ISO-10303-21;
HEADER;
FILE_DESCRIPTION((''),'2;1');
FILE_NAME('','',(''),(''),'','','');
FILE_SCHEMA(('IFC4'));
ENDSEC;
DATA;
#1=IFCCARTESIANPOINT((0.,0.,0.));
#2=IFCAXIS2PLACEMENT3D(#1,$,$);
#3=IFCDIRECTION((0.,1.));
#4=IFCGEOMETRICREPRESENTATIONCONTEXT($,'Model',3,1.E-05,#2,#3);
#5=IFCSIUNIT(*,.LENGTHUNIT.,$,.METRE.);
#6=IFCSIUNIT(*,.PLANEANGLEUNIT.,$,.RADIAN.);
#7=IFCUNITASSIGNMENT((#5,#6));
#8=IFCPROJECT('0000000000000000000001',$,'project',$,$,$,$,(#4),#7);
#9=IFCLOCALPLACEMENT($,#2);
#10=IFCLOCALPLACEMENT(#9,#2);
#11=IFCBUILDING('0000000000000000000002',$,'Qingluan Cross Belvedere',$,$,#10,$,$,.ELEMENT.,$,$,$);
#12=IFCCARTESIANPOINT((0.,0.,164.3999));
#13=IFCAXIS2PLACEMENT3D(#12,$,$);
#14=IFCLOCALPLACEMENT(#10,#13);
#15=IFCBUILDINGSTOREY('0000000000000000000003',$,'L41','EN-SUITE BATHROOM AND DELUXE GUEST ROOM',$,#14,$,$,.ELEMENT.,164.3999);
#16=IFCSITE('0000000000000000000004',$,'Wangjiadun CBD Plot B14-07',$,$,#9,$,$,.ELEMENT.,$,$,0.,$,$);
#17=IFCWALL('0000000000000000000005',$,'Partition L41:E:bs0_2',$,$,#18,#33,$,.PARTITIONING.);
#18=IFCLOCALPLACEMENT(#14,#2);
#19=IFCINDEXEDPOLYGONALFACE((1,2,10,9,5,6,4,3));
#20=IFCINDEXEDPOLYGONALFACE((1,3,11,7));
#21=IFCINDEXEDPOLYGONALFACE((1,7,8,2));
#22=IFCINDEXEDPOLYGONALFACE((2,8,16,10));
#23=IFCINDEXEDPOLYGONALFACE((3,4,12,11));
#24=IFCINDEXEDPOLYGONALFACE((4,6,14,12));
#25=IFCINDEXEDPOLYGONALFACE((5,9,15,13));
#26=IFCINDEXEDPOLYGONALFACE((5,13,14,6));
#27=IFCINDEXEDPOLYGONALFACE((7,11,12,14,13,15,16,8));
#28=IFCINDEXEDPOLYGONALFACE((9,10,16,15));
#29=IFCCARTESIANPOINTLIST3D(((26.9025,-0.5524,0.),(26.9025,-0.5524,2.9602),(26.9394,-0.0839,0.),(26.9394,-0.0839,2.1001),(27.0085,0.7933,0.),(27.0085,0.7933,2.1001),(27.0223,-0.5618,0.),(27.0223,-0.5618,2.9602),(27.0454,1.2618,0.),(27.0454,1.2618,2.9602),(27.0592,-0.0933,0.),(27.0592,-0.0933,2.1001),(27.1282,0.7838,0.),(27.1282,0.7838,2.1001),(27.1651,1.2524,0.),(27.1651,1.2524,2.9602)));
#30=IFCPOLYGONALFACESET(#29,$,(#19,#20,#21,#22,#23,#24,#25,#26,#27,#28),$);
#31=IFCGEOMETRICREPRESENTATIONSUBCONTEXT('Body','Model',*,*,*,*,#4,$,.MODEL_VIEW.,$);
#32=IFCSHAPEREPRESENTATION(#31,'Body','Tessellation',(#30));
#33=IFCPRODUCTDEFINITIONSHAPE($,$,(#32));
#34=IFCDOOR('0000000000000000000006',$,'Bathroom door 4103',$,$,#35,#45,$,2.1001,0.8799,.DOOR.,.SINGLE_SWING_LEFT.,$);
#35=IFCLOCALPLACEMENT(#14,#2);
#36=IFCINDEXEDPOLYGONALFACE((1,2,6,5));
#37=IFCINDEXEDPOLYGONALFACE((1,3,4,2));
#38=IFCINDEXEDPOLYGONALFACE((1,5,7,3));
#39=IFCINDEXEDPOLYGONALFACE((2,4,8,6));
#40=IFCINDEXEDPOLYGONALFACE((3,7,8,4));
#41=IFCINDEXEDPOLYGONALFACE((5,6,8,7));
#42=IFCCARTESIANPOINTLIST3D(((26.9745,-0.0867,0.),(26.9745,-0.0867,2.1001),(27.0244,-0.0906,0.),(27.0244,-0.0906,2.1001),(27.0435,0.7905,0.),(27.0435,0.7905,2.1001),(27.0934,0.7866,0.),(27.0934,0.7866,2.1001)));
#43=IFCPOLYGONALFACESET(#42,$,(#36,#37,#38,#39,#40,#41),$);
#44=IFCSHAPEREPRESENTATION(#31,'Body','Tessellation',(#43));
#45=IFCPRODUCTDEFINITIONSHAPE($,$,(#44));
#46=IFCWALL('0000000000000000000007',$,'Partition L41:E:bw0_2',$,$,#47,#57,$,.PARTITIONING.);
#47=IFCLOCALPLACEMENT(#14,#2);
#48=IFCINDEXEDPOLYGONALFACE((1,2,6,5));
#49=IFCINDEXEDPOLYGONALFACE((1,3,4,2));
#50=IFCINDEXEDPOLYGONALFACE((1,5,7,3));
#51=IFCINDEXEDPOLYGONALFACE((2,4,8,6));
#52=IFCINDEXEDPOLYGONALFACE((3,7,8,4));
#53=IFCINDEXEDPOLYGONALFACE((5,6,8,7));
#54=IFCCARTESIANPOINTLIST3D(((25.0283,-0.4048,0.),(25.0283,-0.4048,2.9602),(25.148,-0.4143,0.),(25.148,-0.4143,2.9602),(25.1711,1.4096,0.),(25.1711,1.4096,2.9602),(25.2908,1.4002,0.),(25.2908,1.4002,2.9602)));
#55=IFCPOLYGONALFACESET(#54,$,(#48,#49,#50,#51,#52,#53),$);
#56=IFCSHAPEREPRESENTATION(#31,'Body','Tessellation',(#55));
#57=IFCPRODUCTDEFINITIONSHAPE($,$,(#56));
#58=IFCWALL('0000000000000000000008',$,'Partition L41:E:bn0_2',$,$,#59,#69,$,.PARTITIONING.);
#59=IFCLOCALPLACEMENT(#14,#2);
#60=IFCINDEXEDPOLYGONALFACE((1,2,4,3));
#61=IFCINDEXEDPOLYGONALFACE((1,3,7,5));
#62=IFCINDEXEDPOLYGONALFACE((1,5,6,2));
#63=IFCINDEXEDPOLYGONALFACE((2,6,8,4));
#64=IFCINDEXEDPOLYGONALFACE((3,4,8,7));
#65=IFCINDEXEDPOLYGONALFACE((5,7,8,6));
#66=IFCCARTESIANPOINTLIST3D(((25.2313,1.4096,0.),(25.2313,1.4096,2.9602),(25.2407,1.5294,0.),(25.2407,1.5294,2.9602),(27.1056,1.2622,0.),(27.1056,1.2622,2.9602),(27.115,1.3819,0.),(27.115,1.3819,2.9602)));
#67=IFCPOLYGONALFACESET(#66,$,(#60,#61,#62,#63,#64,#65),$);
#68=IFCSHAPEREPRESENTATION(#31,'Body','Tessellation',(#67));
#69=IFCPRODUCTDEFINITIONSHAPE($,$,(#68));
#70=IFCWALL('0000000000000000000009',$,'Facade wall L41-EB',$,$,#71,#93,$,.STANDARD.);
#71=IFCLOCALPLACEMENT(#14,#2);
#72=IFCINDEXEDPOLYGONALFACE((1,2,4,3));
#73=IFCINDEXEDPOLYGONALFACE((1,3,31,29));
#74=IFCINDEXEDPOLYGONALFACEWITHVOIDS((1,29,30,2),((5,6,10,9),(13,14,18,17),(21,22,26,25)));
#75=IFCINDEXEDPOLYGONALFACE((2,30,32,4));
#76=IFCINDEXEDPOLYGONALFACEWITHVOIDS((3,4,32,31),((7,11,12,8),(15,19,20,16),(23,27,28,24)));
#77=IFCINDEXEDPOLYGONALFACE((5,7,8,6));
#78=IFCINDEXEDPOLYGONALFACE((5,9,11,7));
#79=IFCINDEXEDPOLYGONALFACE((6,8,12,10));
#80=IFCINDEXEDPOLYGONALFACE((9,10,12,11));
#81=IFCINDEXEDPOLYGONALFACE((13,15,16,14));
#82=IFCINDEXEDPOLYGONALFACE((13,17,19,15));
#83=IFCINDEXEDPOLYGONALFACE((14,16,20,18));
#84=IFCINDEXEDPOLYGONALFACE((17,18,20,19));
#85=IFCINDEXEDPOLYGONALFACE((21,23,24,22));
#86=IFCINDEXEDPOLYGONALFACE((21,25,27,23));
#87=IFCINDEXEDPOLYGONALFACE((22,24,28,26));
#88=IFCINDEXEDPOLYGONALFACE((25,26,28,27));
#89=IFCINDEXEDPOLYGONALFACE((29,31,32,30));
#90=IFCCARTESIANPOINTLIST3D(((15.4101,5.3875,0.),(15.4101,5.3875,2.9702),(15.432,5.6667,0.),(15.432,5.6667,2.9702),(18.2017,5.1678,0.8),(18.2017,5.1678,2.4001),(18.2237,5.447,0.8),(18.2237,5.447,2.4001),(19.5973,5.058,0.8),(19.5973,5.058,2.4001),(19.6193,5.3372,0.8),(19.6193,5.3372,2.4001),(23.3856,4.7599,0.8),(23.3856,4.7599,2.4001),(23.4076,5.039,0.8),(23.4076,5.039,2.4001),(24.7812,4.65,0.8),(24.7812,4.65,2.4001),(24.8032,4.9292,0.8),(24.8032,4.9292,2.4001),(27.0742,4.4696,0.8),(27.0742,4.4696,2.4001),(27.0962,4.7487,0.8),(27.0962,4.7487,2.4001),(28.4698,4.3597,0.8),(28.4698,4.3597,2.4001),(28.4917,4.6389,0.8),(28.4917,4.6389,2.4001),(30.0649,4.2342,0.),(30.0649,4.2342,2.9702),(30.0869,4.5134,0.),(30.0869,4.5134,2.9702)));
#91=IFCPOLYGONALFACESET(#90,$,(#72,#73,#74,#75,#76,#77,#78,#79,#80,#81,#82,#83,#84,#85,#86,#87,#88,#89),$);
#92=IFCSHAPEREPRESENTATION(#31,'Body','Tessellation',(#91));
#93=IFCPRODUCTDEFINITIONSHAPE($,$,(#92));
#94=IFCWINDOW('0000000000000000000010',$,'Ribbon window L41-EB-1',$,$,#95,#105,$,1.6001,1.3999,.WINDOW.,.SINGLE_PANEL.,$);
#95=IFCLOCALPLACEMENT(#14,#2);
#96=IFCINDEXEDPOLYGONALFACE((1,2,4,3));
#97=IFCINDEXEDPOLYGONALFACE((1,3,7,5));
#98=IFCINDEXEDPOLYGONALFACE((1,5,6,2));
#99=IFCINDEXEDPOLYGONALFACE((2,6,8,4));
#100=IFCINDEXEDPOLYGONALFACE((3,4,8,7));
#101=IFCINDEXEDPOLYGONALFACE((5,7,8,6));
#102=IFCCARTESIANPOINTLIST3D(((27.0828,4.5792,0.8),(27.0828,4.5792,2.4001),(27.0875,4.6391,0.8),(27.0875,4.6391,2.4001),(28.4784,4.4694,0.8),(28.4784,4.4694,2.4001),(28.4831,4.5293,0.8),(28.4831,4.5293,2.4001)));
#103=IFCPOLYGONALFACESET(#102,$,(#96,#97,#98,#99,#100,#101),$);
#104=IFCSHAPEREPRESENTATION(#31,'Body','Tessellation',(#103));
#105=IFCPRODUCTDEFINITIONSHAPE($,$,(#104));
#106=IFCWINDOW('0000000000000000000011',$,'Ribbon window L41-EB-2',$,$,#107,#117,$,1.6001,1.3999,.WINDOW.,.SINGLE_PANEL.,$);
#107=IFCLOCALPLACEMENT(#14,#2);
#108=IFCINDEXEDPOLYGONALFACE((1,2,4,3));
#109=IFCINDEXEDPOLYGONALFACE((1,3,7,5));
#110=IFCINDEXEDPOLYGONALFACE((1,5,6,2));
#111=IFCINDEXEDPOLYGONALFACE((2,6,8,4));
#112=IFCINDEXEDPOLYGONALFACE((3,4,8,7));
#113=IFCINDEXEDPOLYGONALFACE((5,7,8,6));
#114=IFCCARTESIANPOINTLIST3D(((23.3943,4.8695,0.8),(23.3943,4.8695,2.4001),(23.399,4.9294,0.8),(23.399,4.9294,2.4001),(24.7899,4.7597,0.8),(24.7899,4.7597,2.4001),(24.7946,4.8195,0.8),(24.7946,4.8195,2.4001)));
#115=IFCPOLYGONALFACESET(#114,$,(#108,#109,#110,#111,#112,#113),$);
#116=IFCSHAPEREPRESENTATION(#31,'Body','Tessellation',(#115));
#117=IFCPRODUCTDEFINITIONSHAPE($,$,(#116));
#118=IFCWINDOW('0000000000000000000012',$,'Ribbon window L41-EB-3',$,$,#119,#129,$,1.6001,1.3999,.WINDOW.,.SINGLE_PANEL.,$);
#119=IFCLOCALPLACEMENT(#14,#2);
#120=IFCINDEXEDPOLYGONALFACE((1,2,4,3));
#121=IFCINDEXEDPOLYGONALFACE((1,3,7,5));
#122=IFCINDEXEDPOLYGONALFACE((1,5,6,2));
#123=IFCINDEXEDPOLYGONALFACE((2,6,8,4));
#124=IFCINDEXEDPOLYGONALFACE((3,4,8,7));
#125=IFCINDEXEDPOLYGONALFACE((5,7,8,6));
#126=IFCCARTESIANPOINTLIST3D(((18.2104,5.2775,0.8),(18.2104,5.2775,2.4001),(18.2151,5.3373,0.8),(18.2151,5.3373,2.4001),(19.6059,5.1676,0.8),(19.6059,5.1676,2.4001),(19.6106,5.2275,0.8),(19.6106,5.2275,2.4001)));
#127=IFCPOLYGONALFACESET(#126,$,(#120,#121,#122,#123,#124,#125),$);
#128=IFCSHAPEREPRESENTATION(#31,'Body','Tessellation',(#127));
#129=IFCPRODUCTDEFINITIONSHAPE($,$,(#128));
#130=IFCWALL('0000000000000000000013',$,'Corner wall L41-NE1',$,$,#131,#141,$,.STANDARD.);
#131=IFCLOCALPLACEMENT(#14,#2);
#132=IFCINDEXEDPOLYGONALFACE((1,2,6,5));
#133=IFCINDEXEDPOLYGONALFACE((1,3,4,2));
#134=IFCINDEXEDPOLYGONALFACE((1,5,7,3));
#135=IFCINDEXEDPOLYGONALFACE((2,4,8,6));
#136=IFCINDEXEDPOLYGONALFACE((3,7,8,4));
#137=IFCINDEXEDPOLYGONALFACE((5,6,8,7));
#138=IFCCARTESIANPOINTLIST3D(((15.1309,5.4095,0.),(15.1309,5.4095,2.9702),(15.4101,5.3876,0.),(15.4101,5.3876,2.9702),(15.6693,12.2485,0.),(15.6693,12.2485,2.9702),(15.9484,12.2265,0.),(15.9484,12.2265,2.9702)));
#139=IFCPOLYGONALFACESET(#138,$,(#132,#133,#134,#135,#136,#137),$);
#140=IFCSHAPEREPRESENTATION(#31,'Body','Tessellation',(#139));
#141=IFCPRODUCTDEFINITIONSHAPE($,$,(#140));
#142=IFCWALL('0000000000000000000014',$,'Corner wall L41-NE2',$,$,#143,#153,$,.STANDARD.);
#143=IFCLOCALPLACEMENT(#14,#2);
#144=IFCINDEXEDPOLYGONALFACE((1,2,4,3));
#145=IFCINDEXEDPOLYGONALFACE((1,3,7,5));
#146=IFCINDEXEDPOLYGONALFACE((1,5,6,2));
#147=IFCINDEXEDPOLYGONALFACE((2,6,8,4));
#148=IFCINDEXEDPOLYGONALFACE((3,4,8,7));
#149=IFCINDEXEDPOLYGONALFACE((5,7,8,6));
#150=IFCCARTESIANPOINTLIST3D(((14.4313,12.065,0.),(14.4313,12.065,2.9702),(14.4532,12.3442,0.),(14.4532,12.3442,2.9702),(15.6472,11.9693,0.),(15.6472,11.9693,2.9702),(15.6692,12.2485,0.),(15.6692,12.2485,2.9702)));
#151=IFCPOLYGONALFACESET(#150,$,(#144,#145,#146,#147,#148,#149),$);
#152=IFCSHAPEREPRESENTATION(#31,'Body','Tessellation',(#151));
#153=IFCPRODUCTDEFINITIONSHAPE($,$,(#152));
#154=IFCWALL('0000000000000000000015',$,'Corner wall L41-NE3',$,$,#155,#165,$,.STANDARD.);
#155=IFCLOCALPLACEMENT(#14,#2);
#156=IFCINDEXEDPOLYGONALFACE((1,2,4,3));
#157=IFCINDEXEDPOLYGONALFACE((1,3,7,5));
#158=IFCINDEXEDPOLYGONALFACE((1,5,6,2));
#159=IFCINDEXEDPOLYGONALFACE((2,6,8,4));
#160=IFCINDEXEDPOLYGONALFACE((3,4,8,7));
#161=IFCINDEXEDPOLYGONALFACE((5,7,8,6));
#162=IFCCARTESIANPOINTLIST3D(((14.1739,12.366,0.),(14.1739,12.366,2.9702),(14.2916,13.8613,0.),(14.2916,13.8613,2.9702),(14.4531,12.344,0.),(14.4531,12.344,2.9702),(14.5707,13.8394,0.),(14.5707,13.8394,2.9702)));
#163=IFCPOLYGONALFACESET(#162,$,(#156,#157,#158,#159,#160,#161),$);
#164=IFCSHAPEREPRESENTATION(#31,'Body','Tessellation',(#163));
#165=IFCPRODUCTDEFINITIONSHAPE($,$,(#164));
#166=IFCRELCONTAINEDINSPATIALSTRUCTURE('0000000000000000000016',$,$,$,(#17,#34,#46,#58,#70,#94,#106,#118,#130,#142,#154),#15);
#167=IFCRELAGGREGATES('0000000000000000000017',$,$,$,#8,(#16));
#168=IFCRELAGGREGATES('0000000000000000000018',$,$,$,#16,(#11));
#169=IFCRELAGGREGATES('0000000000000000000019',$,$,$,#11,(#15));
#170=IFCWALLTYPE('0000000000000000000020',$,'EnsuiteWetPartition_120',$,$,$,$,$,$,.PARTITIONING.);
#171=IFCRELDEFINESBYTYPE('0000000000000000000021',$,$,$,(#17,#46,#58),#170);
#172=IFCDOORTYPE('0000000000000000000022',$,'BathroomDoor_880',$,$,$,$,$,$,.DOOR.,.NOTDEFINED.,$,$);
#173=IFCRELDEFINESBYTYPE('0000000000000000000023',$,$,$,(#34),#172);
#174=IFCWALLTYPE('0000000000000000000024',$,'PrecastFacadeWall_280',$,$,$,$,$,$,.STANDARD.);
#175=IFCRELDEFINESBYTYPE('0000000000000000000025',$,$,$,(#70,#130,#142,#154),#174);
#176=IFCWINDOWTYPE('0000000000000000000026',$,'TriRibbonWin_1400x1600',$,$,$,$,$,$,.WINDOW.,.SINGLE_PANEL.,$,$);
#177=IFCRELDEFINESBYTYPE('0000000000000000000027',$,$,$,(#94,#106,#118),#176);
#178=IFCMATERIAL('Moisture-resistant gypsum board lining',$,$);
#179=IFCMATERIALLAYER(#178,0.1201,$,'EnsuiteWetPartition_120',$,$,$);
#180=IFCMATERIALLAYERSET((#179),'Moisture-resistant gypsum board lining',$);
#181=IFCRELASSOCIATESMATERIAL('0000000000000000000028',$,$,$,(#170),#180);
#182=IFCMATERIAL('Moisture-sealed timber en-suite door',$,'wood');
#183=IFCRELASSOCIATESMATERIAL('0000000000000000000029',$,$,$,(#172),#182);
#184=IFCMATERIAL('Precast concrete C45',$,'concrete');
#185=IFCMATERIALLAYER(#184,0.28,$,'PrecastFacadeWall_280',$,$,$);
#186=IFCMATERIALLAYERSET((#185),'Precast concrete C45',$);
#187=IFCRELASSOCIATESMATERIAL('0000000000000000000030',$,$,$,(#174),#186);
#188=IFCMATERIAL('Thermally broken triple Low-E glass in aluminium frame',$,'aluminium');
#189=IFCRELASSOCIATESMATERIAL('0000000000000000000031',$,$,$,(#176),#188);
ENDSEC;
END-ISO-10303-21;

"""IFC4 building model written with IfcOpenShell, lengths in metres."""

from ifc_helpers import new_model, si_unit, direction, frame, frame_2d, origin, place, context, subcontext, project, spatial, rectangle, extrude, material, layer, layer_set, type_object, element, fill, save


model = new_model("IFC4")

# Units and contexts
model_context = context("Model", 3, precision=1e-05, world=origin(), true_north=direction((0.0, 1.0)))
body_context = subcontext(model_context, "Body", "Model", "MODEL_VIEW")
ifc_project = project(units=[si_unit("LENGTHUNIT", "METRE"), si_unit("PLANEANGLEUNIT", "RADIAN")], contexts=[model_context])

# Site, building, storey
site_placement = place(None, origin())
site = spatial("IfcSite", under=ifc_project, at=site_placement, Name="Wangjiadun CBD Plot B14-07", CompositionType="ELEMENT", RefElevation=0.0)
building_placement = place(site_placement, origin())
building = spatial("IfcBuilding", under=site, at=building_placement, Name="Qingluan Cross Belvedere", CompositionType="ELEMENT")
storey_placement = place(building_placement, frame((0.0, 0.0, 164.3999)))
storey = spatial("IfcBuildingStorey", under=building, at=storey_placement, Name="L41", Description="EN-SUITE BATHROOM AND DELUXE GUEST ROOM", CompositionType="ELEMENT", Elevation=164.3999)

# Shared definitions
ifc_material_1 = material(Name="Moisture-resistant gypsum board lining")
ifc_layer_1 = layer(ifc_material_1, 0.1201, Name="EnsuiteWetPartition_120")
ifc_layer_set_1 = layer_set([ifc_layer_1], Name="Moisture-resistant gypsum board lining")
wall_type_1 = type_object("IfcWallType", Name="EnsuiteWetPartition_120", PredefinedType="PARTITIONING", material=ifc_layer_set_1)
ifc_material_2 = material(Name="Moisture-sealed timber en-suite door", Category="wood")
door_type_1 = type_object("IfcDoorType", Name="BathroomDoor_880", OperationType="NOTDEFINED", PredefinedType="DOOR", material=ifc_material_2)

# Wall, opening, door
wall_1_placement = place(storey_placement, frame((26.9624, -0.5571, 0.0), z_axis=(0.0, 0.0, 1.0), x_axis=(0.078481, 0.996916, 0.0)))
wall_1 = element("IfcWall", 1, at=wall_1_placement, inside=storey, type_object=wall_type_1, Name="Partition L41:E:bs0_2", PredefinedType="PARTITIONING", context=body_context, shape_type="SweptSolid", body=[
    extrude(rectangle(XDim=1.8198, YDim=0.1201, at=frame_2d((0.9099, 0.0))), origin(), (0.0, 0.0, 1.0), 2.9602),
])
opening_1_placement = place(wall_1_placement, frame((0.47, 0.0, 0.0)))
opening_1 = element("IfcOpeningElement", 2, at=opening_1_placement, cuts=wall_1, PredefinedType="OPENING", context=body_context, shape_type="SweptSolid", body=[
    extrude(rectangle(XDim=0.8799, YDim=2.1001, at=frame_2d((0.4399, 1.05))), frame((0.0, 0.0701, 0.0), z_axis=(0.0, -1.0, 0.0), x_axis=(1.0, 0.0, 0.0)), (0.0, 0.0, 1.0), 0.1401),
])
door_1_placement = place(opening_1_placement, origin())
door_1 = element("IfcDoor", 3, at=door_1_placement, inside=storey, type_object=door_type_1, Name="Bathroom door 4103", OperationType="SINGLE_SWING_LEFT", OverallHeight=2.1001, OverallWidth=0.8799, PredefinedType="DOOR", context=body_context, shape_type="SweptSolid", body=[
    extrude(rectangle(XDim=0.8799, YDim=2.1001, at=frame_2d((0.4399, 1.05))), frame((0.0, 0.0249, 0.0), z_axis=(0.0, -1.0, 0.0), x_axis=(1.0, 0.0, 0.0)), (0.0, 0.0, 1.0), 0.05),
])
fill(opening_1, door_1)

# Walls
wall_2_placement = place(storey_placement, frame((25.0881, -0.4097, 0.0), z_axis=(0.0, 0.0, 1.0), x_axis=(0.078471, 0.996916, 0.0)))
element("IfcWall", 4, at=wall_2_placement, inside=storey, type_object=wall_type_1, Name="Partition L41:E:bw0_2", PredefinedType="PARTITIONING", context=body_context, shape_type="SweptSolid", body=[
    extrude(rectangle(XDim=1.8201, YDim=0.1201, at=frame_2d((0.9102, 0.0))), origin(), (0.0, 0.0, 1.0), 2.9602),
])
wall_3_placement = place(storey_placement, frame((25.2361, 1.4695, 0.0), z_axis=(0.0, 0.0, 1.0), x_axis=(0.996919, -0.078434, 0.0)))
element("IfcWall", 5, at=wall_3_placement, inside=storey, type_object=wall_type_1, Name="Partition L41:E:bn0_2", PredefinedType="PARTITIONING", context=body_context, shape_type="SweptSolid", body=[
    extrude(rectangle(XDim=1.8801, YDim=0.1201, at=frame_2d((0.9399, 0.0))), origin(), (0.0, 0.0, 1.0), 2.9602),
])

# Wall, openings, windows
ifc_material_3 = material(Name="Precast concrete C45", Category="concrete")
ifc_layer_2 = layer(ifc_material_3, 0.28, Name="PrecastFacadeWall_280")
ifc_layer_set_2 = layer_set([ifc_layer_2], Name="Precast concrete C45")
wall_type_2 = type_object("IfcWallType", Name="PrecastFacadeWall_280", PredefinedType="STANDARD", material=ifc_layer_set_2)
wall_4_placement = place(storey_placement, frame((30.0759, 4.3738, 0.0), z_axis=(0.0, 0.0, 1.0), x_axis=(-0.996918, 0.078457, 0.0)))
wall_4 = element("IfcWall", 6, at=wall_4_placement, inside=storey, type_object=wall_type_2, Name="Facade wall L41-EB", PredefinedType="STANDARD", context=body_context, shape_type="SweptSolid", body=[
    extrude(rectangle(XDim=14.7002, YDim=0.28, at=frame_2d((7.3501, 0.0))), origin(), (0.0, 0.0, 1.0), 2.9702),
])
opening_2_placement = place(wall_4_placement, frame((1.6001, 0.0, 0.8)))
opening_2 = element("IfcOpeningElement", 7, at=opening_2_placement, cuts=wall_4, PredefinedType="OPENING", context=body_context, shape_type="SweptSolid", body=[
    extrude(rectangle(XDim=1.3999, YDim=1.6001, at=frame_2d((0.7, 0.8))), frame((0.0, 0.1499, 0.0), z_axis=(0.0, -1.0, 0.0), x_axis=(1.0, 0.0, 0.0)), (0.0, 0.0, 1.0), 0.3),
])
opening_3_placement = place(wall_4_placement, frame((5.3, 0.0, 0.8)))
opening_3 = element("IfcOpeningElement", 8, at=opening_3_placement, cuts=wall_4, PredefinedType="OPENING", context=body_context, shape_type="SweptSolid", body=[
    extrude(rectangle(XDim=1.3999, YDim=1.6001, at=frame_2d((0.7, 0.8))), frame((0.0, 0.1499, 0.0), z_axis=(0.0, -1.0, 0.0), x_axis=(1.0, 0.0, 0.0)), (0.0, 0.0, 1.0), 0.3),
])
opening_4_placement = place(wall_4_placement, frame((10.5, 0.0, 0.8)))
opening_4 = element("IfcOpeningElement", 9, at=opening_4_placement, cuts=wall_4, PredefinedType="OPENING", context=body_context, shape_type="SweptSolid", body=[
    extrude(rectangle(XDim=1.3999, YDim=1.6001, at=frame_2d((0.7, 0.8))), frame((0.0, 0.1499, 0.0), z_axis=(0.0, -1.0, 0.0), x_axis=(1.0, 0.0, 0.0)), (0.0, 0.0, 1.0), 0.3),
])
ifc_material_4 = material(Name="Thermally broken triple Low-E glass in aluminium frame", Category="aluminium")
window_type = type_object("IfcWindowType", Name="TriRibbonWin_1400x1600", PartitioningType="SINGLE_PANEL", PredefinedType="WINDOW", material=ifc_material_4)
window_1_placement = place(opening_2_placement, origin())
window_1 = element("IfcWindow", 10, at=window_1_placement, inside=storey, type_object=window_type, Name="Ribbon window L41-EB-1", OverallHeight=1.6001, OverallWidth=1.3999, PartitioningType="SINGLE_PANEL", PredefinedType="WINDOW", context=body_context, shape_type="SweptSolid", body=[
    extrude(rectangle(XDim=1.3999, YDim=1.6001, at=frame_2d((0.7, 0.8))), frame((0.0, 0.03, 0.0), z_axis=(0.0, -1.0, 0.0), x_axis=(1.0, 0.0, 0.0)), (0.0, 0.0, 1.0), 0.0601),
])
fill(opening_2, window_1)
window_2_placement = place(opening_3_placement, origin())
window_2 = element("IfcWindow", 11, at=window_2_placement, inside=storey, type_object=window_type, Name="Ribbon window L41-EB-2", OverallHeight=1.6001, OverallWidth=1.3999, PartitioningType="SINGLE_PANEL", PredefinedType="WINDOW", context=body_context, shape_type="SweptSolid", body=[
    extrude(rectangle(XDim=1.3999, YDim=1.6001, at=frame_2d((0.7, 0.8))), frame((0.0, 0.03, 0.0), z_axis=(0.0, -1.0, 0.0), x_axis=(1.0, 0.0, 0.0)), (0.0, 0.0, 1.0), 0.0601),
])
fill(opening_3, window_2)
window_3_placement = place(opening_4_placement, origin())
window_3 = element("IfcWindow", 12, at=window_3_placement, inside=storey, type_object=window_type, Name="Ribbon window L41-EB-3", OverallHeight=1.6001, OverallWidth=1.3999, PartitioningType="SINGLE_PANEL", PredefinedType="WINDOW", context=body_context, shape_type="SweptSolid", body=[
    extrude(rectangle(XDim=1.3999, YDim=1.6001, at=frame_2d((0.7, 0.8))), frame((0.0, 0.03, 0.0), z_axis=(0.0, -1.0, 0.0), x_axis=(1.0, 0.0, 0.0)), (0.0, 0.0, 1.0), 0.0601),
])
fill(opening_4, window_3)

# Walls
wall_5_placement = place(storey_placement, frame((15.2705, 5.3984, 0.0), z_axis=(0.0, 0.0, 1.0), x_axis=(0.078474, 0.996916, 0.0)))
element("IfcWall", 13, at=wall_5_placement, inside=storey, type_object=wall_type_2, Name="Corner wall L41-NE1", PredefinedType="STANDARD", context=body_context, shape_type="SweptSolid", body=[
    extrude(rectangle(XDim=6.8601, YDim=0.28, at=frame_2d((3.4302, 0.0))), origin(), (0.0, 0.0, 1.0), 2.9702),
])
wall_6_placement = place(storey_placement, frame((15.6582, 12.1089, 0.0), z_axis=(0.0, 0.0, 1.0), x_axis=(-0.996918, 0.078456, 0.0)))
element("IfcWall", 14, at=wall_6_placement, inside=storey, type_object=wall_type_2, Name="Corner wall L41-NE2", PredefinedType="STANDARD", context=body_context, shape_type="SweptSolid", body=[
    extrude(rectangle(XDim=1.2197, YDim=0.28, at=frame_2d((0.6099, 0.0))), origin(), (0.0, 0.0, 1.0), 2.9702),
])
wall_7_placement = place(storey_placement, frame((14.3135, 12.355, 0.0), z_axis=(0.0, 0.0, 1.0), x_axis=(0.078451, 0.996918, 0.0)))
element("IfcWall", 15, at=wall_7_placement, inside=storey, type_object=wall_type_2, Name="Corner wall L41-NE3", PredefinedType="STANDARD", context=body_context, shape_type="SweptSolid", body=[
    extrude(rectangle(XDim=1.5, YDim=0.28, at=frame_2d((0.75, 0.0))), origin(), (0.0, 0.0, 1.0), 2.9702),
])

save(model, "model.ifc")
